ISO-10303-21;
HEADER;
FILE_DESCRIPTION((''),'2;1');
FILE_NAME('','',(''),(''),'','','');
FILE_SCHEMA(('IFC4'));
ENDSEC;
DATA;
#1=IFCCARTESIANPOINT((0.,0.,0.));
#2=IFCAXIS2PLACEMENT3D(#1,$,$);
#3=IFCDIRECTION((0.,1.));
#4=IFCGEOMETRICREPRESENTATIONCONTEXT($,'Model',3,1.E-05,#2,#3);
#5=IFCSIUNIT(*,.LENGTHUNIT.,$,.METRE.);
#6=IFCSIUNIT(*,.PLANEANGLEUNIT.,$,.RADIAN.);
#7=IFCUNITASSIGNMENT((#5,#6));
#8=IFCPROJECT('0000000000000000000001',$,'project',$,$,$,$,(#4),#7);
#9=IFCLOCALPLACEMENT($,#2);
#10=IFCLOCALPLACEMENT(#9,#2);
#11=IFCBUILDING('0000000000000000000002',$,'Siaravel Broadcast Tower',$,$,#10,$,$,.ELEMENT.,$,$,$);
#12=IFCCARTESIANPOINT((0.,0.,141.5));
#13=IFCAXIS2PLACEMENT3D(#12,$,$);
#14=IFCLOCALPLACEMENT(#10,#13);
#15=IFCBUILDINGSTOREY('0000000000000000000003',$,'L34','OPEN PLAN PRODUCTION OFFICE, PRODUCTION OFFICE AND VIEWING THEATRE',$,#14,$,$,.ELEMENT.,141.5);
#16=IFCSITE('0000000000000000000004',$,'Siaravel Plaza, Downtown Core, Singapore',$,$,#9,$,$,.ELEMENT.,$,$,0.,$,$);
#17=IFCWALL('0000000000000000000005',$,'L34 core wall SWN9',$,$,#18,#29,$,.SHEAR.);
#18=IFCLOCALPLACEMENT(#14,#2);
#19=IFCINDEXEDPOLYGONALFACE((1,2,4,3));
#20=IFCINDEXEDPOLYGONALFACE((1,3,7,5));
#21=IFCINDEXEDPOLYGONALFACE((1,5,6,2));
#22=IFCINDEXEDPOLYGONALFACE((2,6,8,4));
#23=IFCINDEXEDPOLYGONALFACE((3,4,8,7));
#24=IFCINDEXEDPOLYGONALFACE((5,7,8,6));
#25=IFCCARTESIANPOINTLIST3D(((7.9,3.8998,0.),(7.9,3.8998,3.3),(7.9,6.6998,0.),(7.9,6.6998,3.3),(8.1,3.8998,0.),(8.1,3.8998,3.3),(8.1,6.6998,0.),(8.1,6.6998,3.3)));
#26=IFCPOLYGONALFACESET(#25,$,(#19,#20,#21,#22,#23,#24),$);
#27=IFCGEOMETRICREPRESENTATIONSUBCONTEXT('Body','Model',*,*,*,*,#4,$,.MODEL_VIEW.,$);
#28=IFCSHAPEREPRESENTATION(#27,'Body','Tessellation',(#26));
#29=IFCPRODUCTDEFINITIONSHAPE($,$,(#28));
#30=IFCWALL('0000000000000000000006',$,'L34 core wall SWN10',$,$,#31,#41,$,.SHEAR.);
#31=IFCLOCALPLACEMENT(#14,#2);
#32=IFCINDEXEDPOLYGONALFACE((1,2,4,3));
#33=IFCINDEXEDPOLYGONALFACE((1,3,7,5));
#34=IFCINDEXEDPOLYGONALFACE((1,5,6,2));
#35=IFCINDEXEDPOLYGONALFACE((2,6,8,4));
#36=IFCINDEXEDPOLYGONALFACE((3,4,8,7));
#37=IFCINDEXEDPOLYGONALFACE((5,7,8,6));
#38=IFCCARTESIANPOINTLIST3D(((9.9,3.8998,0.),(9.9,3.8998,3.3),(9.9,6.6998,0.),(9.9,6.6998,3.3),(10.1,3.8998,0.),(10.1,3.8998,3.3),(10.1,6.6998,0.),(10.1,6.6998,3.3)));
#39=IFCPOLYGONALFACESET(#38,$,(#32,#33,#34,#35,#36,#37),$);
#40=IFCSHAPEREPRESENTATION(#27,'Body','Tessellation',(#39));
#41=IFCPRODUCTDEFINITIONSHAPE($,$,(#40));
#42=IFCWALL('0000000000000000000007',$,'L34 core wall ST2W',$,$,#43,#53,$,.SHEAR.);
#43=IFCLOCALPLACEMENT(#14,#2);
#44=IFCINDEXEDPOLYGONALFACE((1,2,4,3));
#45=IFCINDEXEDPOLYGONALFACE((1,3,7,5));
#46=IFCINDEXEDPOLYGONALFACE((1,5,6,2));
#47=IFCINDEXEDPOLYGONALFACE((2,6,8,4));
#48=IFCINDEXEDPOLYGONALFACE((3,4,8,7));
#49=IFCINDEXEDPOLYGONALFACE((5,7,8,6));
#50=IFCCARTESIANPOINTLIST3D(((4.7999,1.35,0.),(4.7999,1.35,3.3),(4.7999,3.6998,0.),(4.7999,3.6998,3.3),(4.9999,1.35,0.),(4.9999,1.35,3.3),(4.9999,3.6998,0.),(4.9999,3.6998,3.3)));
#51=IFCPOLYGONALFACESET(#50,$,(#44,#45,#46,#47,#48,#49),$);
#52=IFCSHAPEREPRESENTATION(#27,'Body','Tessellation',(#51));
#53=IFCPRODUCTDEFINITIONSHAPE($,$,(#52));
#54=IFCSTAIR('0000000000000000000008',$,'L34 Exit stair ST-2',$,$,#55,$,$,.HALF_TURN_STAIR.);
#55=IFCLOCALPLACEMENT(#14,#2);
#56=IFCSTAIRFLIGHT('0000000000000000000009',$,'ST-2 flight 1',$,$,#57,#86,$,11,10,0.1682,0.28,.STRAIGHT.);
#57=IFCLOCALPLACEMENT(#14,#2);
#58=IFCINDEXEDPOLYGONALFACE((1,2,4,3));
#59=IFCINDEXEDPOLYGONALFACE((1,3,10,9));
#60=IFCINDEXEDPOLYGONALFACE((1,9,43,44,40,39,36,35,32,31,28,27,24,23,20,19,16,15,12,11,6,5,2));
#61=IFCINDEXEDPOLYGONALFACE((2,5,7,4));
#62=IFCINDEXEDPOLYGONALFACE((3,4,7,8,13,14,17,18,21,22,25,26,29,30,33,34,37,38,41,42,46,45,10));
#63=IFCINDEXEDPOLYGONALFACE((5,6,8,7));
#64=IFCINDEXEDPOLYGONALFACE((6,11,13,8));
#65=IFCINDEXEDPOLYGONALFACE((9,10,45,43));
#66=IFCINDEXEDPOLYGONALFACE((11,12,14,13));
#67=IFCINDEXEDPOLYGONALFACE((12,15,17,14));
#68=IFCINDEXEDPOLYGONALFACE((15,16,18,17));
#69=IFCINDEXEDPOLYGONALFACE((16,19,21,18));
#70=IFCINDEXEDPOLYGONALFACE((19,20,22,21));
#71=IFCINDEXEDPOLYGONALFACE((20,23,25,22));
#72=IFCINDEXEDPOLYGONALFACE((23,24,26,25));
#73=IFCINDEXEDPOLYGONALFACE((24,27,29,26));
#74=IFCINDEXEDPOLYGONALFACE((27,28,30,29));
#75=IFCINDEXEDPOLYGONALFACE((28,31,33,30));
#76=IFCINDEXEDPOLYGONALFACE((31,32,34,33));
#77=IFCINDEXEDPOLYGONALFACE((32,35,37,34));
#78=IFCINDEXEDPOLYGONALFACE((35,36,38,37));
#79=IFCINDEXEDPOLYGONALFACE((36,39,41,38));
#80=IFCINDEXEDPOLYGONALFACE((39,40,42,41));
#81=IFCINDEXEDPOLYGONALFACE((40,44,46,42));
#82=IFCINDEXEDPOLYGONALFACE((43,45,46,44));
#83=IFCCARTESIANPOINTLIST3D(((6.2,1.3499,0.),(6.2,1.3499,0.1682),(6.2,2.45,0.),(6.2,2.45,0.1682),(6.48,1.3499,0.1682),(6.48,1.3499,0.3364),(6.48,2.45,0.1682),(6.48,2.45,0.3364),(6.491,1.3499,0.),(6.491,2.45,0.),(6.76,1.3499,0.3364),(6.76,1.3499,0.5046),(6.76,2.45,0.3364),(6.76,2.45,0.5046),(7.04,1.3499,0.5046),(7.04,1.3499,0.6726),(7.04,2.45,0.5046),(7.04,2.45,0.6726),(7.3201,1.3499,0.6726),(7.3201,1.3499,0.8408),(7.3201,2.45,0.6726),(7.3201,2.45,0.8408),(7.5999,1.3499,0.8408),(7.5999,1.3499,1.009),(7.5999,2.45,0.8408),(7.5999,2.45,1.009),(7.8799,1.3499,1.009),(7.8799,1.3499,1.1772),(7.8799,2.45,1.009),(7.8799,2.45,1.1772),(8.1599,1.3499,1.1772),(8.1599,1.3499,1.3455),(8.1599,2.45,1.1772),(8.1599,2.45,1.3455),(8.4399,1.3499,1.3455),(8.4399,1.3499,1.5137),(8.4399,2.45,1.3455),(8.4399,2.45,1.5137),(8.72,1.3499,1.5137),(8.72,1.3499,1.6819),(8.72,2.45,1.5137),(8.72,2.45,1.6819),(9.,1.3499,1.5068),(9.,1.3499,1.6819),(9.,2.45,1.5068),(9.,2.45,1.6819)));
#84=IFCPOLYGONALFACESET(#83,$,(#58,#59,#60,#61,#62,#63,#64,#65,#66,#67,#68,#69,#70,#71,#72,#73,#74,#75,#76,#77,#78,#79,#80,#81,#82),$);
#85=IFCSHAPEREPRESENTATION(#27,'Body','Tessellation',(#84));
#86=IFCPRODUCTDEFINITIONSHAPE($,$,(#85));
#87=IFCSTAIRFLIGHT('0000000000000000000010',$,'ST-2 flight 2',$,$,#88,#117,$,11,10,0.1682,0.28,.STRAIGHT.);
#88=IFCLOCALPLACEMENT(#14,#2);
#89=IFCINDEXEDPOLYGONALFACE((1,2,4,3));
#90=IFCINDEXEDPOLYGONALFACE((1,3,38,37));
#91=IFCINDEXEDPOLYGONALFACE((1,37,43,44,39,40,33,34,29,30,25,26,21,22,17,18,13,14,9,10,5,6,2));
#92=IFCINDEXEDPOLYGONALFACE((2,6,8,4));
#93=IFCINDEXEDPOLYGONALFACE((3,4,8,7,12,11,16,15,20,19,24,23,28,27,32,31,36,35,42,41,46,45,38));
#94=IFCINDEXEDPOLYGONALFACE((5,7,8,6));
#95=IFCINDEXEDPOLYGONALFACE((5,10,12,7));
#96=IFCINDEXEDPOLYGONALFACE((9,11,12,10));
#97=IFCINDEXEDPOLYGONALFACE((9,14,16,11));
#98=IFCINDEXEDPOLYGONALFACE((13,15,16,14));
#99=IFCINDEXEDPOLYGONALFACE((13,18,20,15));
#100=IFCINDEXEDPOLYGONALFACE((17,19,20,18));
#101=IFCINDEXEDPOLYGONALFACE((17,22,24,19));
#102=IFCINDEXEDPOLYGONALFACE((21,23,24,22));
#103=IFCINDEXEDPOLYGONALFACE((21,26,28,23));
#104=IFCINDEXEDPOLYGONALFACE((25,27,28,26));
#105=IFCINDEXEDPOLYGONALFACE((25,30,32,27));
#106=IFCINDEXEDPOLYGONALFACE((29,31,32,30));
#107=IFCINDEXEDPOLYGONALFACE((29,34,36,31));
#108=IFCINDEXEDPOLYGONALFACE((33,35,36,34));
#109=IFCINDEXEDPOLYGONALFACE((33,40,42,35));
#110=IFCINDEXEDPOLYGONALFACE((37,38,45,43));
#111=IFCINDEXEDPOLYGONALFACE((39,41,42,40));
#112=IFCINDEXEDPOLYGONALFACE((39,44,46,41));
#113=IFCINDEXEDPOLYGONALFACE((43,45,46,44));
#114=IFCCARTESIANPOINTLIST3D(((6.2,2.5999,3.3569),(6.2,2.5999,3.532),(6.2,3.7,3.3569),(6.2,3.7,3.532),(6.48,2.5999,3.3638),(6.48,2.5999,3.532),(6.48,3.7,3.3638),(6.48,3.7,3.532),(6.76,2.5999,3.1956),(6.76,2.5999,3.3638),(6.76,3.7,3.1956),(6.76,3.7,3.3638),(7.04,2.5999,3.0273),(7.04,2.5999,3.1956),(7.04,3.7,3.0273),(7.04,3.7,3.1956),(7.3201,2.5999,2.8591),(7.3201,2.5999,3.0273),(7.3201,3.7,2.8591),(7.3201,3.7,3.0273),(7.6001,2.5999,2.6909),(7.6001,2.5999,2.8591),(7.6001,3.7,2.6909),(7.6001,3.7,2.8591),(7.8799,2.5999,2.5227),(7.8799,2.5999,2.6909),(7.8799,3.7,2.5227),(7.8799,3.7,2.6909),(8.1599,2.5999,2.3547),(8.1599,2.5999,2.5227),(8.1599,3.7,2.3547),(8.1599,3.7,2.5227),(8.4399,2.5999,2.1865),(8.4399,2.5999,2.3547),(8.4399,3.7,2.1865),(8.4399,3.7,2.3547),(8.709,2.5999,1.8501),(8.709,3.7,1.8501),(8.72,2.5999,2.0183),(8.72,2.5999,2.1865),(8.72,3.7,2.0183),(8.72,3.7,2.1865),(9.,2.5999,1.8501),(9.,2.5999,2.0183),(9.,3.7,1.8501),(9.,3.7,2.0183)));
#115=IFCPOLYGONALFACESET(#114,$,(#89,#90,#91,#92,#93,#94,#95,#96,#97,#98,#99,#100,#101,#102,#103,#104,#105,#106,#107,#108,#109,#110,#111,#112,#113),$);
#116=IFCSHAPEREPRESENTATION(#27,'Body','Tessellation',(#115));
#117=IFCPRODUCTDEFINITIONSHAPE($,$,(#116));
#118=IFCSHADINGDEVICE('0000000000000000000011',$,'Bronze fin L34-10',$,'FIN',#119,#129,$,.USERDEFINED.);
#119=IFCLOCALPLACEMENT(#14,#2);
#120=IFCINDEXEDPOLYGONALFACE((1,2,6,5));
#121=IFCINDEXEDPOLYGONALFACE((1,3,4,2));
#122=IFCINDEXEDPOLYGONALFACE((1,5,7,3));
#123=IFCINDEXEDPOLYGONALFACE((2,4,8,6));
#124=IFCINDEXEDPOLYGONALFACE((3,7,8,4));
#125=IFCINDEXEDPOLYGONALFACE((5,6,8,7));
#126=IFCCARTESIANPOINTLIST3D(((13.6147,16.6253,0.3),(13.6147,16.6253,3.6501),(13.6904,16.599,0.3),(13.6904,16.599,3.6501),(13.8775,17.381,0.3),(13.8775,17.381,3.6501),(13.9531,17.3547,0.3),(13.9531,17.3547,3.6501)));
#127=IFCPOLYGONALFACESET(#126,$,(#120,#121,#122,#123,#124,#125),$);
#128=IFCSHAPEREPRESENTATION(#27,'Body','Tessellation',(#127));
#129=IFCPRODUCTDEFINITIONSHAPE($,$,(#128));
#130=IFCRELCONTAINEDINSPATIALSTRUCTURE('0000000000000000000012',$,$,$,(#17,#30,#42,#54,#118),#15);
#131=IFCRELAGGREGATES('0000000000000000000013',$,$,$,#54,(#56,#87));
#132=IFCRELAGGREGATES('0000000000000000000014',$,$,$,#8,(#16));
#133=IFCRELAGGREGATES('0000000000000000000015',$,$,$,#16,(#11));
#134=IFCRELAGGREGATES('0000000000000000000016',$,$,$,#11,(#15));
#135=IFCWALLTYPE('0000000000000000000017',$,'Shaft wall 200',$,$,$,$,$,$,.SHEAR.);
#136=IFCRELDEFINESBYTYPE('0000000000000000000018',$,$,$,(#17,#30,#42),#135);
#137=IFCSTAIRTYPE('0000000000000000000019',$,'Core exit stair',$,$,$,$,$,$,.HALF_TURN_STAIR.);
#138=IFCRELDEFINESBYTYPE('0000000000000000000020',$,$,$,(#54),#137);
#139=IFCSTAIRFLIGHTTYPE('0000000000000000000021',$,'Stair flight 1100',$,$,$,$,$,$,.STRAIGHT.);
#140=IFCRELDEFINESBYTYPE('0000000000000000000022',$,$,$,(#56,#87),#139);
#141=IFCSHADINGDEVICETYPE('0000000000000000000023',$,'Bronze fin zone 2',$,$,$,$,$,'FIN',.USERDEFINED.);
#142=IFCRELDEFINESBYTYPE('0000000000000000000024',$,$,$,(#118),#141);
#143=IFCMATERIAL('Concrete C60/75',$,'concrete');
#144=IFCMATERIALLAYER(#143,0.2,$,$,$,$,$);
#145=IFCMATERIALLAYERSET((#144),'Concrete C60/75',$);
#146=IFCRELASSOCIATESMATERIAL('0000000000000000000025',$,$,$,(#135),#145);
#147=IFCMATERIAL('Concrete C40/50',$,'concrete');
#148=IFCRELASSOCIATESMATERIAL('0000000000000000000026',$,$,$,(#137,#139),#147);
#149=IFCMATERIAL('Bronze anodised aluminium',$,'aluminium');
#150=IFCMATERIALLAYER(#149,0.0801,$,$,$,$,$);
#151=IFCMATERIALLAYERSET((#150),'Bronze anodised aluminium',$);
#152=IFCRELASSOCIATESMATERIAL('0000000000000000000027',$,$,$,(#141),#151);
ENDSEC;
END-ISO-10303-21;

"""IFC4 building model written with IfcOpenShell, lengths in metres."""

from ifc_helpers import new_model, si_unit, direction, frame, frame_2d, origin, origin_2d, place, context, subcontext, project, spatial, polyline, rectangle, outline, extrude, material, layer, layer_set, type_object, element, aggregate, save


model = new_model("IFC4")

# Units and contexts
model_context = context("Model", 3, precision=1e-05, world=origin(), true_north=direction((0.0, 1.0)))
body_context = subcontext(model_context, "Body", "Model", "MODEL_VIEW")
ifc_project = project(units=[si_unit("LENGTHUNIT", "METRE"), si_unit("PLANEANGLEUNIT", "RADIAN")], contexts=[model_context])

# Site, building, storey
site_placement = place(None, origin())
site = spatial("IfcSite", under=ifc_project, at=site_placement, Name="Siaravel Plaza, Downtown Core, Singapore", CompositionType="ELEMENT", RefElevation=0.0)
building_placement = place(site_placement, origin())
building = spatial("IfcBuilding", under=site, at=building_placement, Name="Siaravel Broadcast Tower", CompositionType="ELEMENT")
storey_placement = place(building_placement, frame((0.0, 0.0, 141.5)))
storey = spatial("IfcBuildingStorey", under=building, at=storey_placement, Name="L34", Description="OPEN PLAN PRODUCTION OFFICE, PRODUCTION OFFICE AND VIEWING THEATRE", CompositionType="ELEMENT", Elevation=141.5)

# Shared definitions
ifc_material_1 = material(Name="Concrete C60/75", Category="concrete")

# Walls
ifc_layer_1 = layer(ifc_material_1, 0.2)
ifc_layer_set_1 = layer_set([ifc_layer_1], Name="Concrete C60/75")
wall_type_1 = type_object("IfcWallType", Name="Shaft wall 200", PredefinedType="SHEAR", material=ifc_layer_set_1)
for number, where, z_axis, x_axis, name in (
    (1, (8.0, 3.8999, 0.0), (0.0, 0.0, 1.0), (0.0, 1.0, 0.0), "L34 core wall SWN9"),
    (2, (10.0, 3.8999, 0.0), (0.0, 0.0, 1.0), (0.0, 1.0, 0.0), "L34 core wall SWN10"),
):
    element("IfcWall", number, at=place(storey_placement, frame(where, z_axis=z_axis, x_axis=x_axis)), inside=storey, type_object=wall_type_1, Name=name, PredefinedType="SHEAR", context=body_context, shape_type="SweptSolid", body=[
        extrude(rectangle(XDim=2.8, YDim=0.2, at=frame_2d((1.3999, 0.0))), origin(), (0.0, 0.0, 1.0), 3.3),
    ])
wall_1_placement = place(storey_placement, frame((4.8999, 1.3501, 0.0), z_axis=(0.0, 0.0, 1.0), x_axis=(0.0, 1.0, 0.0)))
element("IfcWall", 3, at=wall_1_placement, inside=storey, type_object=wall_type_1, Name="L34 core wall ST2W", PredefinedType="SHEAR", context=body_context, shape_type="SweptSolid", body=[
    extrude(rectangle(XDim=2.3499, YDim=0.2, at=frame_2d((1.1748, 0.0))), origin(), (0.0, 0.0, 1.0), 3.3),
])

# Stair, stair flights
ifc_material_2 = material(Name="Concrete C40/50", Category="concrete")
stair_type = type_object("IfcStairType", Name="Core exit stair", PredefinedType="HALF_TURN_STAIR", material=ifc_material_2)
stair_placement = place(storey_placement, origin())
stair = element("IfcStair", 4, at=stair_placement, inside=storey, type_object=stair_type, Name="L34 Exit stair ST-2", PredefinedType="HALF_TURN_STAIR")
stair_flight_type = type_object("IfcStairFlightType", Name="Stair flight 1100", PredefinedType="STRAIGHT", material=ifc_material_2)
stair_flight_1_placement = place(storey_placement, frame((6.2, 1.8999, 0.0), z_axis=(0.0, 0.0, 1.0), x_axis=(1.0, 0.0, 0.0)))
stair_flight_1 = element("IfcStairFlight", 5, at=stair_flight_1_placement, type_object=stair_flight_type, Name="ST-2 flight 1", NumberOfRisers=11, NumberOfTreads=10, PredefinedType="STRAIGHT", RiserHeight=0.1682, TreadLength=0.28, context=body_context, shape_type="SweptSolid", body=[
    extrude(outline(polyline([(0.0, 0.0), (0.0, 0.1682), (0.28, 0.1682), (0.28, 0.3364), (0.5601, 0.3364), (0.5601, 0.5046), (0.8401, 0.5046), (0.8401, 0.6726), (1.1201, 0.6726), (1.1201, 0.8408), (1.3999, 0.8408), (1.3999, 1.009), (1.6799, 1.009), (1.6799, 1.1772), (1.96, 1.1772), (1.96, 1.3455), (2.24, 1.3455), (2.24, 1.5137), (2.52, 1.5137), (2.52, 1.6819), (2.8, 1.6819), (2.8, 1.8501), (2.8, 1.5068), (0.291, 0.0), (0.0, 0.0)])), frame((0.0, 0.55, 0.0), z_axis=(0.0, -1.0, 0.0), x_axis=(1.0, 0.0, 0.0)), (0.0, 0.0, 1.0), 1.1001),
])
stair_flight_2_placement = place(storey_placement, frame((9.0, 3.1499, 1.8501), z_axis=(0.0, 0.0, 1.0), x_axis=(-1.0, 0.0, 0.0)))
stair_flight_2 = element("IfcStairFlight", 6, at=stair_flight_2_placement, type_object=stair_flight_type, Name="ST-2 flight 2", NumberOfRisers=11, NumberOfTreads=10, PredefinedType="STRAIGHT", RiserHeight=0.1682, TreadLength=0.28, context=body_context, shape_type="SweptSolid", body=[
    extrude(outline(polyline([(0.0, 0.0), (0.0, 0.1682), (0.28, 0.1682), (0.28, 0.3364), (0.5601, 0.3364), (0.5601, 0.5046), (0.8401, 0.5046), (0.8401, 0.6726), (1.1201, 0.6726), (1.1201, 0.8408), (1.3999, 0.8408), (1.3999, 1.009), (1.6799, 1.009), (1.6799, 1.1772), (1.96, 1.1772), (1.96, 1.3455), (2.24, 1.3455), (2.24, 1.5137), (2.52, 1.5137), (2.52, 1.6819), (2.8, 1.6819), (2.8, 1.8501), (2.8, 1.5068), (0.291, 0.0), (0.0, 0.0)])), frame((0.0, 0.55, 0.0), z_axis=(0.0, -1.0, 0.0), x_axis=(1.0, 0.0, 0.0)), (0.0, 0.0, 1.0), 1.1001),
])
aggregate(stair, [stair_flight_1, stair_flight_2])

# Shading device
ifc_material_3 = material(Name="Bronze anodised aluminium", Category="aluminium")
ifc_layer_2 = layer(ifc_material_3, 0.0801)
ifc_layer_set_2 = layer_set([ifc_layer_2], Name="Bronze anodised aluminium")
shading_device_type = type_object("IfcShadingDeviceType", Name="Bronze fin zone 2", ElementType="FIN", PredefinedType="USERDEFINED", material=ifc_layer_set_2)
shading_device_placement = place(storey_placement, frame((13.7839, 16.99, 0.3), z_axis=(0.0, 0.0, 1.0), x_axis=(0.32845, 0.944521, 0.0)))
element("IfcShadingDevice", 7, at=shading_device_placement, inside=storey, type_object=shading_device_type, Name="Bronze fin L34-10", ObjectType="FIN", PredefinedType="USERDEFINED", context=body_context, shape_type="SweptSolid", body=[
    extrude(rectangle(XDim=0.8, YDim=0.0801, at=origin_2d()), origin(), (0.0, 0.0, 1.0), 3.3501),
])

save(model, "model.ifc")
